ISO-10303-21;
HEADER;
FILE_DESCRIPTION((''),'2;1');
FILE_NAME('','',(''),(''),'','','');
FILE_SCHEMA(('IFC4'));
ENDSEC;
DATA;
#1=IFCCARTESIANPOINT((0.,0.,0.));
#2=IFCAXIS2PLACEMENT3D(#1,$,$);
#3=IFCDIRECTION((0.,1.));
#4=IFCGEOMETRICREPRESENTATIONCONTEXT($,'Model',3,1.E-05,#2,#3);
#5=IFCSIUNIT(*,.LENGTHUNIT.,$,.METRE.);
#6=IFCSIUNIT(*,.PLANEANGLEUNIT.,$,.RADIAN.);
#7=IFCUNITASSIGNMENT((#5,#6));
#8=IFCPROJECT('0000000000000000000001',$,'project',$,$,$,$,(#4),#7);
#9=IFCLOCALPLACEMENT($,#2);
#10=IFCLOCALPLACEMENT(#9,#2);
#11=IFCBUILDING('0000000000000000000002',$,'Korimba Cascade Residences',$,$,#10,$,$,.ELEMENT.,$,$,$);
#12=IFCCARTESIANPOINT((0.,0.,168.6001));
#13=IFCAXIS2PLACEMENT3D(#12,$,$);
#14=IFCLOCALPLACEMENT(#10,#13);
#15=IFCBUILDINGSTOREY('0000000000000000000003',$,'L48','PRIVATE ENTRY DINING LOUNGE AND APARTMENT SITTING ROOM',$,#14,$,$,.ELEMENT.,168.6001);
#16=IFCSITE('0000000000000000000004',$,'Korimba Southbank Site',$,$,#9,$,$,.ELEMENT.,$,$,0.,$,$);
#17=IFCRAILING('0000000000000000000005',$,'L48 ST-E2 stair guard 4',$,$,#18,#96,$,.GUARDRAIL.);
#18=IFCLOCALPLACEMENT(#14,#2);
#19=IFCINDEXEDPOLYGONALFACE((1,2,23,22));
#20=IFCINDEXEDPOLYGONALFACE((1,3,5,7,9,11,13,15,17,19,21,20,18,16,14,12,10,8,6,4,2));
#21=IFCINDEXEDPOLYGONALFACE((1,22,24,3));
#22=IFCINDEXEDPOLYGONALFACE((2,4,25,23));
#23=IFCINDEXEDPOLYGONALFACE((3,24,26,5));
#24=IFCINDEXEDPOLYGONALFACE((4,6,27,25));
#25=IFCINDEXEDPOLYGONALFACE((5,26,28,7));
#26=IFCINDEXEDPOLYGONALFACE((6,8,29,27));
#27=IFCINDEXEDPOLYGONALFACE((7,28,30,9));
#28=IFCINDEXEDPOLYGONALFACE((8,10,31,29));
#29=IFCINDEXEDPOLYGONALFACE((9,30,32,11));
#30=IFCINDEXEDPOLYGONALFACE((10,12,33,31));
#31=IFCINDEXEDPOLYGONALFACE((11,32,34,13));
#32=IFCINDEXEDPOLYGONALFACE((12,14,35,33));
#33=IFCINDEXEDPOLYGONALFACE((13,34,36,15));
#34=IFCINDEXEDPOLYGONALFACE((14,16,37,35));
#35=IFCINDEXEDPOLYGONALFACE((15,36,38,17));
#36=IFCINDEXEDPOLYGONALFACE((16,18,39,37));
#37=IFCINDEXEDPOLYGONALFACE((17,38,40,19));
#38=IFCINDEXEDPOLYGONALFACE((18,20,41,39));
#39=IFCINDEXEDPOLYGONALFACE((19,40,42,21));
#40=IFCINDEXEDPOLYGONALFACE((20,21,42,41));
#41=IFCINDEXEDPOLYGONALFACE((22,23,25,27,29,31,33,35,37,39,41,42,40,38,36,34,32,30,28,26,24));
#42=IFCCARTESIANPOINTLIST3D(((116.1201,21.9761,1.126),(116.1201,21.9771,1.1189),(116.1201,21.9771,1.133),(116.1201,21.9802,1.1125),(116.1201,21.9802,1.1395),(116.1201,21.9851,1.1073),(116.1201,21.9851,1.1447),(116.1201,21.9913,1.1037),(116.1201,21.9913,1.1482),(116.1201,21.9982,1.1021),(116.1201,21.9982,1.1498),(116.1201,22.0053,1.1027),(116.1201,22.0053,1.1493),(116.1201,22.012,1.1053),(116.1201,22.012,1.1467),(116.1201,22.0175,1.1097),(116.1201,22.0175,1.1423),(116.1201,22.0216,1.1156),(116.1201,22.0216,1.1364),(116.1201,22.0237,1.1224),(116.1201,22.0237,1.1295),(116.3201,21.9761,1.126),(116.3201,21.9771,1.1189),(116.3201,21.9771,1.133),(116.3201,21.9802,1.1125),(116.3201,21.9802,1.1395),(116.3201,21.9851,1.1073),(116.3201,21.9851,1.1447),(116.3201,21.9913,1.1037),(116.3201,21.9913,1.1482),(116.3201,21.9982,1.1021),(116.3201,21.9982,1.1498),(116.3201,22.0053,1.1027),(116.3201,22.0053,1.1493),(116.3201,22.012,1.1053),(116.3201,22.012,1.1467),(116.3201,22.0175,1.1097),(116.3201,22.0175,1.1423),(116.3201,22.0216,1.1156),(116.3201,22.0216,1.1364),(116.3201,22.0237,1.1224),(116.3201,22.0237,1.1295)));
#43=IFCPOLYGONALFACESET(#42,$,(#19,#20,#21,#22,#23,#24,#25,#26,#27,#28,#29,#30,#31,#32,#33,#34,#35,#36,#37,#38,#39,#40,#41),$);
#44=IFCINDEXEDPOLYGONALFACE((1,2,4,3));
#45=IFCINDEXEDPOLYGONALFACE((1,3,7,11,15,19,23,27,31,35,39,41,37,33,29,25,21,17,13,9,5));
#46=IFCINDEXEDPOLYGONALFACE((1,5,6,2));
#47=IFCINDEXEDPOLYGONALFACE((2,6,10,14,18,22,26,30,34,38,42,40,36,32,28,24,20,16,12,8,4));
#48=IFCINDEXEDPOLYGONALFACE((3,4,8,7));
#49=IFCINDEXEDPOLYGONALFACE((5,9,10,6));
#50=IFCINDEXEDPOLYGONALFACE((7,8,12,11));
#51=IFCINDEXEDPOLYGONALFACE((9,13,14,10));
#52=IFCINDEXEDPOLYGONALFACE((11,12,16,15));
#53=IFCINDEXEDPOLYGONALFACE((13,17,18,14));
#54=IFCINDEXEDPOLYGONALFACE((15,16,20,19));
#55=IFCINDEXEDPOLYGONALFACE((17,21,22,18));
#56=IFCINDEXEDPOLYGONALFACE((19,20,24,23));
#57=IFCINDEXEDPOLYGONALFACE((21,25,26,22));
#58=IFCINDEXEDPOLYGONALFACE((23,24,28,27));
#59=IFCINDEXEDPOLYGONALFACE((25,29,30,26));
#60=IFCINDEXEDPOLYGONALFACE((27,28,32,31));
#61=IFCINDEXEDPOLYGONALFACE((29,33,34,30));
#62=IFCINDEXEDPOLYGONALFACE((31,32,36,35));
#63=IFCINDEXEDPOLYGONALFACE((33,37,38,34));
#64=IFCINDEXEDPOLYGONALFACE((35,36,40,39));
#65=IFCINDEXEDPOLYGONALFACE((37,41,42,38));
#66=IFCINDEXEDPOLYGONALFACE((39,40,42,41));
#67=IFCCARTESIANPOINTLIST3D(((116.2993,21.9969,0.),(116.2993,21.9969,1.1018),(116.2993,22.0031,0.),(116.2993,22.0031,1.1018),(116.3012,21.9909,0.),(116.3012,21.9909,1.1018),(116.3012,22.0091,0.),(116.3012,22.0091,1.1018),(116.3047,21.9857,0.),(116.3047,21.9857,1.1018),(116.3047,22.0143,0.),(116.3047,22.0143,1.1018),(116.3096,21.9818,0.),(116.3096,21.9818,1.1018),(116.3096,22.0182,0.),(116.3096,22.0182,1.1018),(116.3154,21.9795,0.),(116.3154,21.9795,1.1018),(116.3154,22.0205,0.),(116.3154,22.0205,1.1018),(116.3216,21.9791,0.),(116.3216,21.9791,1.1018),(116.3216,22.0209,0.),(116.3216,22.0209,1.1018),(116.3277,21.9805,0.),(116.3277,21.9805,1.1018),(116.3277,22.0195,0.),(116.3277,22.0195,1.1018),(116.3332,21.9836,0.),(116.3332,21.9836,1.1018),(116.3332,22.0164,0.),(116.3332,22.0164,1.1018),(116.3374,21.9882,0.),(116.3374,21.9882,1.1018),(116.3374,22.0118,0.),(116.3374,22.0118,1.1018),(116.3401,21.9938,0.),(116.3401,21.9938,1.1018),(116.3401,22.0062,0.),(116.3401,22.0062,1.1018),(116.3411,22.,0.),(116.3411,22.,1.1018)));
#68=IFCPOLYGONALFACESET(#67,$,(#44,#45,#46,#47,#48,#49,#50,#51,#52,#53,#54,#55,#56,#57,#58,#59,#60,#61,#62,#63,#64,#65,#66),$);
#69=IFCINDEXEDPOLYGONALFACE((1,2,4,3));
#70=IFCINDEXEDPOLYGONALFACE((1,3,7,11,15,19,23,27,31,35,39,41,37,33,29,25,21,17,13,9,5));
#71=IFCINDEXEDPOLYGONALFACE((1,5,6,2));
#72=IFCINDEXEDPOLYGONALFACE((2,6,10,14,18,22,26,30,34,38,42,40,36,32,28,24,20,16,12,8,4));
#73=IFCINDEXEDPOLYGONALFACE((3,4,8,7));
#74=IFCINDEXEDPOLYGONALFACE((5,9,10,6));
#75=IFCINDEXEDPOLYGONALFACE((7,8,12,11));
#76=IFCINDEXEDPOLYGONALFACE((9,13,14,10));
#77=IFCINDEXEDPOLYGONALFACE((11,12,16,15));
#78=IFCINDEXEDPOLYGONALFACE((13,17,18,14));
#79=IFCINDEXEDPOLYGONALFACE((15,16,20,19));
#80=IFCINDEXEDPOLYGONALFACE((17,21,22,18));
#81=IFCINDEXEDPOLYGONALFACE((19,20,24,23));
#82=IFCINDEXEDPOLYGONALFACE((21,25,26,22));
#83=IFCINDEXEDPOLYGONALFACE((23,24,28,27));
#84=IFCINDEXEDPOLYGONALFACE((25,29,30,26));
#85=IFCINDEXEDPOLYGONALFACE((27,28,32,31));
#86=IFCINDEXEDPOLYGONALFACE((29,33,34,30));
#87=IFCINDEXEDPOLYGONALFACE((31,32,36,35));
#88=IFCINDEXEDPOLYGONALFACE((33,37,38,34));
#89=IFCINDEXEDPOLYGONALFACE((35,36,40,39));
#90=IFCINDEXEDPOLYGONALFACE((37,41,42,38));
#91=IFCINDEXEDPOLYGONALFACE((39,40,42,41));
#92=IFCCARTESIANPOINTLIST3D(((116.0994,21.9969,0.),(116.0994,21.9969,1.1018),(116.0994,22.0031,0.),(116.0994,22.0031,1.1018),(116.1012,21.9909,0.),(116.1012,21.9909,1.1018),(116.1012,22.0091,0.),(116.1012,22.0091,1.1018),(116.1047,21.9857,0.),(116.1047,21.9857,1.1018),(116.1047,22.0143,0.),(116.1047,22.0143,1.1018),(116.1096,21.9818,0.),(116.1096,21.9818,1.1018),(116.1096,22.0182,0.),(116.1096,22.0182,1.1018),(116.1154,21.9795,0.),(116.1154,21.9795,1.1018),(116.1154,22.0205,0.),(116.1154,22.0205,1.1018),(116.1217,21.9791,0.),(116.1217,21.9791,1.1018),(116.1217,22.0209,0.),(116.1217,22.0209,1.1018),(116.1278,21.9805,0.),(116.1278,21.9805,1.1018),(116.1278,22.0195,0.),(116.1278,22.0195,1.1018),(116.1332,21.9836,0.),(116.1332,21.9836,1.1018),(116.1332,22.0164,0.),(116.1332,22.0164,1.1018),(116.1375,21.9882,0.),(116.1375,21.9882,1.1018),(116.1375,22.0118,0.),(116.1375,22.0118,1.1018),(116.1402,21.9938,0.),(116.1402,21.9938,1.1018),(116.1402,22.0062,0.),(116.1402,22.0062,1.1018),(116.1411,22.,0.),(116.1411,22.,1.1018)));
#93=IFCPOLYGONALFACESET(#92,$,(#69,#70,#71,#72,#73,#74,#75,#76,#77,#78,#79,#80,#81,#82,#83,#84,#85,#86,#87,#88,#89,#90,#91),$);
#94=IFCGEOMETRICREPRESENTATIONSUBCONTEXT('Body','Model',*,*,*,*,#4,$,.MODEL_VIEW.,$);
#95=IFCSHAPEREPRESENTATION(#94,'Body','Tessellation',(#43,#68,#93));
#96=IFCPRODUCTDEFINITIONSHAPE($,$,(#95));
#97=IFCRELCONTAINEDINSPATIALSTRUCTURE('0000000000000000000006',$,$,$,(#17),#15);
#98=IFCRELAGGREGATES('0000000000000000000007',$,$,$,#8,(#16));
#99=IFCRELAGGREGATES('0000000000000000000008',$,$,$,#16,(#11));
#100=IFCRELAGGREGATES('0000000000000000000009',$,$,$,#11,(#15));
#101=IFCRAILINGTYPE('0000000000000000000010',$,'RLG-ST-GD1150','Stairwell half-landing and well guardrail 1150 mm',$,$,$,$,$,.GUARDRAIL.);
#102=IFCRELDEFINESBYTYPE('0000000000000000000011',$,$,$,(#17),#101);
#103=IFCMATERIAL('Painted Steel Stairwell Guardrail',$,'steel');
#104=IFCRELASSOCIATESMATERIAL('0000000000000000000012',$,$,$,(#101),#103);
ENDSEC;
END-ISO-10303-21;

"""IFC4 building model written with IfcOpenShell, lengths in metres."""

from ifc_helpers import new_model, si_unit, direction, frame, origin, origin_2d, place, context, subcontext, project, spatial, circle, extrude, material, type_object, element, save


model = new_model("IFC4")

# Units and contexts
model_context = context("Model", 3, precision=1e-05, world=origin(), true_north=direction((0.0, 1.0)))
body_context = subcontext(model_context, "Body", "Model", "MODEL_VIEW")
ifc_project = project(units=[si_unit("LENGTHUNIT", "METRE"), si_unit("PLANEANGLEUNIT", "RADIAN")], contexts=[model_context])

# Site, building, storey
site_placement = place(None, origin())
site = spatial("IfcSite", under=ifc_project, at=site_placement, Name="Korimba Southbank Site", CompositionType="ELEMENT", RefElevation=0.0)
building_placement = place(site_placement, origin())
building = spatial("IfcBuilding", under=site, at=building_placement, Name="Korimba Cascade Residences", CompositionType="ELEMENT")
storey_placement = place(building_placement, frame((0.0, 0.0, 168.6001)))
storey = spatial("IfcBuildingStorey", under=building, at=storey_placement, Name="L48", Description="PRIVATE ENTRY DINING LOUNGE AND APARTMENT SITTING ROOM", CompositionType="ELEMENT", Elevation=168.6001)

# Railing
ifc_material_1 = material(Name="Painted Steel Stairwell Guardrail", Category="steel")
railing_type_1 = type_object("IfcRailingType", Name="RLG-ST-GD1150", Description="Stairwell half-landing and well guardrail 1150 mm", PredefinedType="GUARDRAIL", material=ifc_material_1)
railing_1_placement = place(storey_placement, frame((116.3201, 22.0, 0.0)))
element("IfcRailing", 1, at=railing_1_placement, inside=storey, type_object=railing_type_1, Name="L48 ST-E2 stair guard 4", PredefinedType="GUARDRAIL", context=body_context, shape_type="SweptSolid", body=[
    extrude(circle(Radius=0.0239, at=origin_2d()), frame((0.0, 0.0, 1.126), z_axis=(-1.0, 0.0, 0.0), x_axis=(0.0, -1.0, 0.0)), (0.0, 0.0, 1.0), 0.2),
    extrude(circle(Radius=0.021, at=origin_2d()), origin(), (0.0, 0.0, 1.0), 1.1018),
    extrude(circle(Radius=0.021, at=origin_2d()), frame((-0.2, 0.0, 0.0)), (0.0, 0.0, 1.0), 1.1018),
])

save(model, "model.ifc")
